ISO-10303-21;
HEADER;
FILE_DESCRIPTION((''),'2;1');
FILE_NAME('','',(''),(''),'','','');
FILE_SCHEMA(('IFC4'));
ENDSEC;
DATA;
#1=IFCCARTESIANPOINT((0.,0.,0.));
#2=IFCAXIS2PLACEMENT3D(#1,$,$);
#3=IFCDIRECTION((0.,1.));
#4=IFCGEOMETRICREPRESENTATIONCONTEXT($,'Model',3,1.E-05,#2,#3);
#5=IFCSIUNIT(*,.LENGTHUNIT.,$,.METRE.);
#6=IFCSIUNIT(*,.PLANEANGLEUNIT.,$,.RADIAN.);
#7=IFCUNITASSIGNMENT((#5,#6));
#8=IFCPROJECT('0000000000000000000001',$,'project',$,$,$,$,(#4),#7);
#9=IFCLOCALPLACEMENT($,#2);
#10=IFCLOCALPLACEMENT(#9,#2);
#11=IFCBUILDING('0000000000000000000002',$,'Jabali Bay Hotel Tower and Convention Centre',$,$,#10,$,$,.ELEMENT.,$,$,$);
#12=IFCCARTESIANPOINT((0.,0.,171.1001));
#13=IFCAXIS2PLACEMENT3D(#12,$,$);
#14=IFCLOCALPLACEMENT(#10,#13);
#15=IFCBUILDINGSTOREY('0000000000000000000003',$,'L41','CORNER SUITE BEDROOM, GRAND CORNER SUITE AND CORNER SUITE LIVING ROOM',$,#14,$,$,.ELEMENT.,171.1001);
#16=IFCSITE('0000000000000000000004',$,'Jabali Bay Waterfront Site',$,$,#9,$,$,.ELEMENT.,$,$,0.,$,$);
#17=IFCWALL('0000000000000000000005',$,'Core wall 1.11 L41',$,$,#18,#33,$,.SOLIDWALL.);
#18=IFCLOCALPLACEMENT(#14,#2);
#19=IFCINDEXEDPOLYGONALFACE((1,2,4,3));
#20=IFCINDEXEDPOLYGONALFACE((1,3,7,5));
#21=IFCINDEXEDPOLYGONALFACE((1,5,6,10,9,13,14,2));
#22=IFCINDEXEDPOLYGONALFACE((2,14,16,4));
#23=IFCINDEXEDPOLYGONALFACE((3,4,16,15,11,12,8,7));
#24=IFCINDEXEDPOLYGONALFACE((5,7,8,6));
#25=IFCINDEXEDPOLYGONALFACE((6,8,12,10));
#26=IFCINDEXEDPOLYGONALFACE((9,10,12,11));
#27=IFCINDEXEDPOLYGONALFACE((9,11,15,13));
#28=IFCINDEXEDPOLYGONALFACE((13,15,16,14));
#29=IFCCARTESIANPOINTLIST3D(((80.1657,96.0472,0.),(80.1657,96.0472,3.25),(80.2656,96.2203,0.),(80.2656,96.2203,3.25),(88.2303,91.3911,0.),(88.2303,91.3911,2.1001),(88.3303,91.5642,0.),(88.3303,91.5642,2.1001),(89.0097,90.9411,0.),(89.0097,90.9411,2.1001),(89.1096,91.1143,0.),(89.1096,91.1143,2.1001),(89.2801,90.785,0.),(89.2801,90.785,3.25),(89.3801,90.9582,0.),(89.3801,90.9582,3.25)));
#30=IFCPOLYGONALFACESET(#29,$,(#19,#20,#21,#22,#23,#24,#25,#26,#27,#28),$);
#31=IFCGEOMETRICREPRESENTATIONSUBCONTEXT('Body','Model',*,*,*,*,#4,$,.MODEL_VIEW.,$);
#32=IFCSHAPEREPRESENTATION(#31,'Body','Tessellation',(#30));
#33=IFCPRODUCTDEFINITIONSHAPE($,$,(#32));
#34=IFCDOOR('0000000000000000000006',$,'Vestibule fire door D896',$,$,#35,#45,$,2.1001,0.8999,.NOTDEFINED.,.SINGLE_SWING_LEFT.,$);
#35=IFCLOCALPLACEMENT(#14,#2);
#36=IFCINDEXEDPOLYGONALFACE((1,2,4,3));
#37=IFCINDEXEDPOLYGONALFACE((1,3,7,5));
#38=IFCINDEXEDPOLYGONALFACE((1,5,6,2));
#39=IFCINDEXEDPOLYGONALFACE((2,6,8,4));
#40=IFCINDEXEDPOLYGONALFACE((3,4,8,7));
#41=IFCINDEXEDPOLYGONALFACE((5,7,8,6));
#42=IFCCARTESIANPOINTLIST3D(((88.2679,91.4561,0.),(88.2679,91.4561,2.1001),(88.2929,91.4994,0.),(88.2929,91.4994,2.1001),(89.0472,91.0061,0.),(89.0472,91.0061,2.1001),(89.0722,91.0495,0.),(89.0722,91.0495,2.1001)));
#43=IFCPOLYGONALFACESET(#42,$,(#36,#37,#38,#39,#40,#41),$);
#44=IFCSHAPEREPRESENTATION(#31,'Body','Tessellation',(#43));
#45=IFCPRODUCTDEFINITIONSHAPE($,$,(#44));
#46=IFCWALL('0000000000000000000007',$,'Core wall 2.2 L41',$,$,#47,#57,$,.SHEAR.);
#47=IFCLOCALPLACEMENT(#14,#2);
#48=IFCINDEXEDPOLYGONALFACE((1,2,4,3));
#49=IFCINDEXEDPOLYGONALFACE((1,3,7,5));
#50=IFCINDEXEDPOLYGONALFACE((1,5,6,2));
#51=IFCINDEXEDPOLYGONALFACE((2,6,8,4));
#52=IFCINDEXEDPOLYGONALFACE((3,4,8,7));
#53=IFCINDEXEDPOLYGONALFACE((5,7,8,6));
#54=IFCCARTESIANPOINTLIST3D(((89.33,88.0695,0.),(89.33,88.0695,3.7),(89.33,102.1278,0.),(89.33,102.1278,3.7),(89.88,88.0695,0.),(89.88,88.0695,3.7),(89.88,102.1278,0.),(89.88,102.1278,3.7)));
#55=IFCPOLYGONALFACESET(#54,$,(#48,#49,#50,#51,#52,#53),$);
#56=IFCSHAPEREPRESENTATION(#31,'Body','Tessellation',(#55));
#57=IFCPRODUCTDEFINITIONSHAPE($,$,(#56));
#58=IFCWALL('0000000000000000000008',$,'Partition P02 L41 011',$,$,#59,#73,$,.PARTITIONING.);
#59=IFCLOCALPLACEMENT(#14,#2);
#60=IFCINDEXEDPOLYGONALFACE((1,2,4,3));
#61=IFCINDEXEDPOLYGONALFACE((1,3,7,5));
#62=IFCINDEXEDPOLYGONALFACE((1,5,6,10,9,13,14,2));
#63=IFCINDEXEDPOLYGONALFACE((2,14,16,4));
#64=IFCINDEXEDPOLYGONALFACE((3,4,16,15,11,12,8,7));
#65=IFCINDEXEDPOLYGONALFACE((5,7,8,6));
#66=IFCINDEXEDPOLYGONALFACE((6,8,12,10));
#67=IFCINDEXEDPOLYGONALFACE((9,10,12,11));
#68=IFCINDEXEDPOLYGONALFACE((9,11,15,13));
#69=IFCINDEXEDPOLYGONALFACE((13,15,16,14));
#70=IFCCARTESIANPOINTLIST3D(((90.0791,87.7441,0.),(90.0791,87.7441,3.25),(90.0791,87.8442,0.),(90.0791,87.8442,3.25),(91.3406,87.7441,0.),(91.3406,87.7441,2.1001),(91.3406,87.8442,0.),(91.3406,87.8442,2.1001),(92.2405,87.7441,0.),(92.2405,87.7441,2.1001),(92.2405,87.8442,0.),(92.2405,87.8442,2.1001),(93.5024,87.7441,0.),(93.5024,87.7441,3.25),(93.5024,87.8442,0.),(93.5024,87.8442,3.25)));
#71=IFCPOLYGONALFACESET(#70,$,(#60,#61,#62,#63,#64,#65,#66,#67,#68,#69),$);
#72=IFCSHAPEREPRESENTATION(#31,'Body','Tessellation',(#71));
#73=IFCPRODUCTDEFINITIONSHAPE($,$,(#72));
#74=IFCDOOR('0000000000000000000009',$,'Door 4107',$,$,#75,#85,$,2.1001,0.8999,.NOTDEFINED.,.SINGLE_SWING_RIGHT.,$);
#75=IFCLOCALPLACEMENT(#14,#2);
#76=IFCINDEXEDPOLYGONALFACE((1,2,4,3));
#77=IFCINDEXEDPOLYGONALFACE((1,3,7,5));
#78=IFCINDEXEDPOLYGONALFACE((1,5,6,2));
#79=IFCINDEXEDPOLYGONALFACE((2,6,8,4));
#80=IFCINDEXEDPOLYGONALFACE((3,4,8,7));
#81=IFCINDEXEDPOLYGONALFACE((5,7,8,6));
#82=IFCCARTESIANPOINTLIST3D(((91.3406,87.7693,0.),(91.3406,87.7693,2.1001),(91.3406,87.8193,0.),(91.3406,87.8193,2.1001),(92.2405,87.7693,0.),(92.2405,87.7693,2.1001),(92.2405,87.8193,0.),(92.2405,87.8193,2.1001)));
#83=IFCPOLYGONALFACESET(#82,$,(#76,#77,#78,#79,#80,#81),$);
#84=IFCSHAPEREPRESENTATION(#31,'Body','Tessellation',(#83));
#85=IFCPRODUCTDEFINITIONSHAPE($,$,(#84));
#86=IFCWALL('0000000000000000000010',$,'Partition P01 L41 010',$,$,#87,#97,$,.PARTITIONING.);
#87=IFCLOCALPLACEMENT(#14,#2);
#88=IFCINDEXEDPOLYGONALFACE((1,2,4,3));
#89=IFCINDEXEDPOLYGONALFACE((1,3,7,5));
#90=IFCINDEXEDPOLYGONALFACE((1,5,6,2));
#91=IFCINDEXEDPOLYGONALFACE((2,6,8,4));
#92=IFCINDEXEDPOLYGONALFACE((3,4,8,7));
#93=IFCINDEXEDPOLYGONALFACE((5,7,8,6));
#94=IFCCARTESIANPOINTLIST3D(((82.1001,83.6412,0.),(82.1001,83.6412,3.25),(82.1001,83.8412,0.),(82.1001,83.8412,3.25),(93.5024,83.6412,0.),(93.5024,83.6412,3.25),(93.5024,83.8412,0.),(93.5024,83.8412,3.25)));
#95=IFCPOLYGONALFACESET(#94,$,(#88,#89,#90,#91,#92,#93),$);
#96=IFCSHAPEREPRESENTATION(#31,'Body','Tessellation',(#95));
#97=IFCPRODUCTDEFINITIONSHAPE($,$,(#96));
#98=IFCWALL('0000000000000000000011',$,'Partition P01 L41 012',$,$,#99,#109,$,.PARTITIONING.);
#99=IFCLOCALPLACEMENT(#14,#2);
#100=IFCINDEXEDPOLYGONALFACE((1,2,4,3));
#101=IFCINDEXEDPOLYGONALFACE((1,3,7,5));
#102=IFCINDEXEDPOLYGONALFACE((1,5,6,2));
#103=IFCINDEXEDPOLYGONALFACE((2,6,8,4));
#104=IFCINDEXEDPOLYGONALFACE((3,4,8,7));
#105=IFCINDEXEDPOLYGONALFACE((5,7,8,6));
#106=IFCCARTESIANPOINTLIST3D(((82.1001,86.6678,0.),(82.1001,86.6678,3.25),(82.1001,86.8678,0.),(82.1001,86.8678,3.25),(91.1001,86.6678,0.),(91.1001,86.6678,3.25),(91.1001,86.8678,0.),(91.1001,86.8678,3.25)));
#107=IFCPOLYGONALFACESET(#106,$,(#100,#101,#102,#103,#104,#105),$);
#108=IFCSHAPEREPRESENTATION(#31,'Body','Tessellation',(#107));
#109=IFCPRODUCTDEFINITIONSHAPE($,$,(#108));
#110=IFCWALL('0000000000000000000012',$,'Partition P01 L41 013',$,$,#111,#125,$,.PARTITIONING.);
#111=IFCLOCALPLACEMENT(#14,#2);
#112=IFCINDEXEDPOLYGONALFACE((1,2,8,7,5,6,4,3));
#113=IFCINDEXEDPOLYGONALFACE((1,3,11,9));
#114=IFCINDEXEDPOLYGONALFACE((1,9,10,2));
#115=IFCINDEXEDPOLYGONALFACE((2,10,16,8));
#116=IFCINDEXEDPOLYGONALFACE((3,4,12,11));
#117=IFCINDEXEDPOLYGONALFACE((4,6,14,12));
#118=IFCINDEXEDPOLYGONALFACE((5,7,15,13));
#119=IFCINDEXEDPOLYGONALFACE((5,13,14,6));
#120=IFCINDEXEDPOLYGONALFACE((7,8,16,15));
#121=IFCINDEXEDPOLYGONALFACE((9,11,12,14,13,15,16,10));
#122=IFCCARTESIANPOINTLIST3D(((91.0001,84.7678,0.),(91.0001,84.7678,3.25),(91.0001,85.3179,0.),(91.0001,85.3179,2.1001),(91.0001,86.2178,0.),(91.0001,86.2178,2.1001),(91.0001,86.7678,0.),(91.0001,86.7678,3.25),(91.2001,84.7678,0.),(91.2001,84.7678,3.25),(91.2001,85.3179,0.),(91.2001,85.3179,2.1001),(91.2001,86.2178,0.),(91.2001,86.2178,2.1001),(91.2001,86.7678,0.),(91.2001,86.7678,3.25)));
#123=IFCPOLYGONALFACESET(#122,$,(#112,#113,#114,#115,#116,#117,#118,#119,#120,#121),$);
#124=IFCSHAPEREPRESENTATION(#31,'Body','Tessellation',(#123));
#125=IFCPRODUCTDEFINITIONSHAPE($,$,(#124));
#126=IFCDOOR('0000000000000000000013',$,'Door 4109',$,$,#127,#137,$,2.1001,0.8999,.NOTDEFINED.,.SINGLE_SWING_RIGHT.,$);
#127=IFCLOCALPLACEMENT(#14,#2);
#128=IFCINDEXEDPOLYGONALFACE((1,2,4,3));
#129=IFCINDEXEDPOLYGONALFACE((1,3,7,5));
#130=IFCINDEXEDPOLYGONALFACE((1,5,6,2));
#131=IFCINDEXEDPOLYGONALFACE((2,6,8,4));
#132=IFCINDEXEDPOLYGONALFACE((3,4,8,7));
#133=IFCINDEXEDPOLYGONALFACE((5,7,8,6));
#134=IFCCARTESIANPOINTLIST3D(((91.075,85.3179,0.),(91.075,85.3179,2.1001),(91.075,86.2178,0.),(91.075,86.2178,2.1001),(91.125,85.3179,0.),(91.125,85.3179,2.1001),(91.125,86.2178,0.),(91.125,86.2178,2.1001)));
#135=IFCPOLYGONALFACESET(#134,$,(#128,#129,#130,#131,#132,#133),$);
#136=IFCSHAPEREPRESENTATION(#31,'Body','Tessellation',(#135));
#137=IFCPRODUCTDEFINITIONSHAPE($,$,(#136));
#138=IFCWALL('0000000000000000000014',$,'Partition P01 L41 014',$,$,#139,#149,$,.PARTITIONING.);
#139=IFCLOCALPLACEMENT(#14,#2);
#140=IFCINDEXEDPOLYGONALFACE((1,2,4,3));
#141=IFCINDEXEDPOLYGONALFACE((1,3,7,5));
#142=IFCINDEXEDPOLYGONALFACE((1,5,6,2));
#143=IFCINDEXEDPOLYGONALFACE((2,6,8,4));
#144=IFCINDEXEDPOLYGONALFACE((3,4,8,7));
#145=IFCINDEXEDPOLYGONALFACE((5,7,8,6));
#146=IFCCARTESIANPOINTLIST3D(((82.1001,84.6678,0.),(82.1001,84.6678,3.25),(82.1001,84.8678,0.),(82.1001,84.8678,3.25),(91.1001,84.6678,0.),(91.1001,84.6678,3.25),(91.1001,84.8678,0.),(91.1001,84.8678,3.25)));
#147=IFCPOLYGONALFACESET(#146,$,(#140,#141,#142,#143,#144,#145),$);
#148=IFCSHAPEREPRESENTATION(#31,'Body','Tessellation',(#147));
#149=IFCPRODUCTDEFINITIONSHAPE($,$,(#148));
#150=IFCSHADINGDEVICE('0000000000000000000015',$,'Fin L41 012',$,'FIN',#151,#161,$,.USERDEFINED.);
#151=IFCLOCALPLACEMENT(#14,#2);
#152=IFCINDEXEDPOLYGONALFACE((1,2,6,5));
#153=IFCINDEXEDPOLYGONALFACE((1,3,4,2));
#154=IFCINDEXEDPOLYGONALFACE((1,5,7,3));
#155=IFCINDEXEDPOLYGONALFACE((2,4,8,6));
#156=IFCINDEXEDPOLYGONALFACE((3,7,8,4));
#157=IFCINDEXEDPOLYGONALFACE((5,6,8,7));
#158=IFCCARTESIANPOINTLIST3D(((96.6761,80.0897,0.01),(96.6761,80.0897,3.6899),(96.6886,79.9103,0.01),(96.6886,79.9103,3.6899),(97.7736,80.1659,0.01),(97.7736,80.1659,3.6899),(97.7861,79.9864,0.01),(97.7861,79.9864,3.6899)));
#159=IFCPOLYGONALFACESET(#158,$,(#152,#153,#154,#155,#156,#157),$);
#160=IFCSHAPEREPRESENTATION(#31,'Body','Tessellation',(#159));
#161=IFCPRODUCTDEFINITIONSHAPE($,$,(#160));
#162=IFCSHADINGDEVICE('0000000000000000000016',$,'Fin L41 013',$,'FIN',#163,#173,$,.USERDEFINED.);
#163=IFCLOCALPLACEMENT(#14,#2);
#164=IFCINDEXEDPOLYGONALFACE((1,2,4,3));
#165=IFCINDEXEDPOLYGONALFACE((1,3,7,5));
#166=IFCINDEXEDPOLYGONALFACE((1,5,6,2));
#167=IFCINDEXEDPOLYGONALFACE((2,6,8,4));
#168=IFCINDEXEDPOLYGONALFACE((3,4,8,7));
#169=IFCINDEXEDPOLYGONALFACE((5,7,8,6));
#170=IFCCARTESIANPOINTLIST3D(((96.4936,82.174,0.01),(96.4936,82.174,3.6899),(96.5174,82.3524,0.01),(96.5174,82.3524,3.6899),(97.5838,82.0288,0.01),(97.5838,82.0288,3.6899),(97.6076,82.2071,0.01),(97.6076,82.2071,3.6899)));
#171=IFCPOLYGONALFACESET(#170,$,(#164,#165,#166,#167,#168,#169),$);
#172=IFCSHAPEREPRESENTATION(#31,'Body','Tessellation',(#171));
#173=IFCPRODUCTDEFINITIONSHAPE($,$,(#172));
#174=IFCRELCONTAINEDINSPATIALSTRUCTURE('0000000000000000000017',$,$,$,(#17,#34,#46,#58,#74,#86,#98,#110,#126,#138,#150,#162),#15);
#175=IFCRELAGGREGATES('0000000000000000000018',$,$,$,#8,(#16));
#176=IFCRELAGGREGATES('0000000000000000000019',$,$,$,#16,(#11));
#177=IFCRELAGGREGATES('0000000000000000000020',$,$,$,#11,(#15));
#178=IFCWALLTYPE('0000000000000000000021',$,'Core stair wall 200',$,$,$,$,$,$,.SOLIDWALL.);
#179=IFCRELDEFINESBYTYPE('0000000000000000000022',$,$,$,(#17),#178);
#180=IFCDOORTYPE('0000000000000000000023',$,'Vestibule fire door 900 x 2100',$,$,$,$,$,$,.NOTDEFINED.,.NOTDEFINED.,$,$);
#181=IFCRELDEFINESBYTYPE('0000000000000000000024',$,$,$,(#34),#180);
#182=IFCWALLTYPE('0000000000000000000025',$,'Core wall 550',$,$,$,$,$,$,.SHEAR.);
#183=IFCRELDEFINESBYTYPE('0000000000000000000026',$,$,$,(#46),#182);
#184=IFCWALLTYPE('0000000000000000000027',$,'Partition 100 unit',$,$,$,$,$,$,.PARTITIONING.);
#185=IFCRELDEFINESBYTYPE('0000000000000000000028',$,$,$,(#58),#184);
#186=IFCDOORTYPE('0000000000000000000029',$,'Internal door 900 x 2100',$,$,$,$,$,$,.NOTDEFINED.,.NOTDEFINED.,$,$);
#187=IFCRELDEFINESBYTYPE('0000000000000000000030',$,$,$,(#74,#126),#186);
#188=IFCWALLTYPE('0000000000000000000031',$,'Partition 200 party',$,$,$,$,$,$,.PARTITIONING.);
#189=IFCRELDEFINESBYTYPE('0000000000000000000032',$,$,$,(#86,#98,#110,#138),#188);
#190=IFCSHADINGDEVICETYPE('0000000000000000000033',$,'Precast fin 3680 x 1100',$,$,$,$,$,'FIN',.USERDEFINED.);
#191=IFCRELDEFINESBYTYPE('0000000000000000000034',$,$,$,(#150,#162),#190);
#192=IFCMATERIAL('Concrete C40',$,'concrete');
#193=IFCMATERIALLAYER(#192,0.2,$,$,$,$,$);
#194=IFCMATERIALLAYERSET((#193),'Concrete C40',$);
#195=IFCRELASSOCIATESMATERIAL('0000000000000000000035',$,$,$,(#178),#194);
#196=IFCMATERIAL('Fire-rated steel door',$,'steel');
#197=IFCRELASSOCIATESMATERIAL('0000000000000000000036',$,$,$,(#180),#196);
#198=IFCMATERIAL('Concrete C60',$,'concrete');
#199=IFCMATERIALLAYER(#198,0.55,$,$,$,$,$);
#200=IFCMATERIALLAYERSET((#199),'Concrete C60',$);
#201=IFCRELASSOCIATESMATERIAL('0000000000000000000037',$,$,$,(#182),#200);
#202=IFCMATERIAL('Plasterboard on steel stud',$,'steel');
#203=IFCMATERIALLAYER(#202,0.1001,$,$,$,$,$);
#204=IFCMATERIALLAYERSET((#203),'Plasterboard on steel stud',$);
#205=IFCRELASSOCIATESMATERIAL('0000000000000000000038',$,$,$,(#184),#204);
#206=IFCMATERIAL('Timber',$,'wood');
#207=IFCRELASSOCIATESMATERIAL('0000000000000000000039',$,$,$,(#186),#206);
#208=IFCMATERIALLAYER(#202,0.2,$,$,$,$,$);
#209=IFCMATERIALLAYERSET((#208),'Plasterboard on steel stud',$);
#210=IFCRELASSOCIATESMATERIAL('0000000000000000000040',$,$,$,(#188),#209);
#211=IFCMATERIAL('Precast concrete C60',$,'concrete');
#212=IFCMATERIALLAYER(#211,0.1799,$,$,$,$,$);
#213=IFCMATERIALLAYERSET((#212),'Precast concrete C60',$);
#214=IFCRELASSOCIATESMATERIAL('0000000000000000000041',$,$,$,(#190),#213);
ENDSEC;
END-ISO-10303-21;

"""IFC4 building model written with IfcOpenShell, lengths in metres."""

from ifc_helpers import new_model, si_unit, direction, frame, frame_2d, origin, place, context, subcontext, project, spatial, rectangle, extrude, material, layer, layer_set, type_object, element, fill, save


model = new_model("IFC4")

# Units and contexts
model_context = context("Model", 3, precision=1e-05, world=origin(), true_north=direction((0.0, 1.0)))
body_context = subcontext(model_context, "Body", "Model", "MODEL_VIEW")
ifc_project = project(units=[si_unit("LENGTHUNIT", "METRE"), si_unit("PLANEANGLEUNIT", "RADIAN")], contexts=[model_context])

# Site, building, storey
site_placement = place(None, origin())
site = spatial("IfcSite", under=ifc_project, at=site_placement, Name="Jabali Bay Waterfront Site", CompositionType="ELEMENT", RefElevation=0.0)
building_placement = place(site_placement, origin())
building = spatial("IfcBuilding", under=site, at=building_placement, Name="Jabali Bay Hotel Tower and Convention Centre", CompositionType="ELEMENT")
storey_placement = place(building_placement, frame((0.0, 0.0, 171.1001)))
storey = spatial("IfcBuildingStorey", under=building, at=storey_placement, Name="L41", Description="CORNER SUITE BEDROOM, GRAND CORNER SUITE AND CORNER SUITE LIVING ROOM", CompositionType="ELEMENT", Elevation=171.1001)

# Shared definitions
ifc_material_1 = material(Name="Concrete C60", Category="concrete")

# Shared definitions
ifc_material_2 = material(Name="Concrete C40", Category="concrete")
ifc_layer_1 = layer(ifc_material_2, 0.2)
ifc_layer_set_1 = layer_set([ifc_layer_1], Name="Concrete C40")
wall_type_1 = type_object("IfcWallType", Name="Core stair wall 200", PredefinedType="SOLIDWALL", material=ifc_layer_set_1)

# Wall, opening, door
wall_1_placement = place(storey_placement, frame((89.3301, 90.8716, 0.0), z_axis=(0.0, 0.0, 1.0), x_axis=(-0.866028, 0.499996, 0.0)))
wall_1 = element("IfcWall", 1, at=wall_1_placement, inside=storey, type_object=wall_type_1, Name="Core wall 1.11 L41", PredefinedType="SOLIDWALL", context=body_context, shape_type="SweptSolid", body=[
    extrude(rectangle(XDim=10.5244, YDim=0.2, at=frame_2d((5.2622, 0.0))), origin(), (0.0, 0.0, 1.0), 3.25),
])
opening_1_placement = place(wall_1_placement, frame((0.3123, 0.0, 0.0)))
opening_1 = element("IfcOpeningElement", 2, at=opening_1_placement, cuts=wall_1, PredefinedType="OPENING", context=body_context, shape_type="SweptSolid", body=[
    extrude(rectangle(XDim=0.8999, YDim=2.1001, at=frame_2d((0.45, 1.05))), frame((0.0, 0.1104, 0.0), z_axis=(0.0, -1.0, 0.0), x_axis=(1.0, 0.0, 0.0)), (0.0, 0.0, 1.0), 0.2209),
])
ifc_material_3 = material(Name="Fire-rated steel door", Category="steel")
door_type_1 = type_object("IfcDoorType", Name="Vestibule fire door 900 x 2100", OperationType="NOTDEFINED", PredefinedType="NOTDEFINED", material=ifc_material_3)
door_1_placement = place(opening_1_placement, origin())
door_1 = element("IfcDoor", 3, at=door_1_placement, inside=storey, type_object=door_type_1, Name="Vestibule fire door D896", OperationType="SINGLE_SWING_LEFT", OverallHeight=2.1001, OverallWidth=0.8999, PredefinedType="NOTDEFINED", context=body_context, shape_type="SweptSolid", body=[
    extrude(rectangle(XDim=0.8999, YDim=2.1001, at=frame_2d((0.45, 1.05))), frame((0.0, 0.0249, 0.0), z_axis=(0.0, -1.0, 0.0), x_axis=(1.0, 0.0, 0.0)), (0.0, 0.0, 1.0), 0.05),
])
fill(opening_1, door_1)

# Wall
ifc_layer_2 = layer(ifc_material_1, 0.55)
ifc_layer_set_2 = layer_set([ifc_layer_2], Name="Concrete C60")
wall_type_2 = type_object("IfcWallType", Name="Core wall 550", PredefinedType="SHEAR", material=ifc_layer_set_2)
wall_2_placement = place(storey_placement, frame((89.605, 88.0693, 0.0), z_axis=(0.0, 0.0, 1.0), x_axis=(0.0, 1.0, 0.0)))
element("IfcWall", 4, at=wall_2_placement, inside=storey, type_object=wall_type_2, Name="Core wall 2.2 L41", PredefinedType="SHEAR", context=body_context, shape_type="SweptSolid", body=[
    extrude(rectangle(XDim=14.0583, YDim=0.55, at=frame_2d((7.0293, 0.0))), origin(), (0.0, 0.0, 1.0), 3.7),
])

# Wall, opening, door
ifc_material_4 = material(Name="Plasterboard on steel stud", Category="steel")
ifc_layer_3 = layer(ifc_material_4, 0.1001)
ifc_layer_set_3 = layer_set([ifc_layer_3], Name="Plasterboard on steel stud")
wall_type_3 = type_object("IfcWallType", Name="Partition 100 unit", PredefinedType="PARTITIONING", material=ifc_layer_set_3)
wall_3_placement = place(storey_placement, frame((93.5024, 87.7942, 0.0), z_axis=(0.0, 0.0, 1.0), x_axis=(-1.0, 0.0, 0.0)))
wall_3 = element("IfcWall", 5, at=wall_3_placement, inside=storey, type_object=wall_type_3, Name="Partition P02 L41 011", PredefinedType="PARTITIONING", context=body_context, shape_type="SweptSolid", body=[
    extrude(rectangle(XDim=3.4233, YDim=0.1001, at=frame_2d((1.7117, 0.0))), origin(), (0.0, 0.0, 1.0), 3.25),
])
opening_2_placement = place(wall_3_placement, frame((1.262, 0.0, 0.0)))
opening_2 = element("IfcOpeningElement", 6, at=opening_2_placement, cuts=wall_3, PredefinedType="OPENING", context=body_context, shape_type="SweptSolid", body=[
    extrude(rectangle(XDim=0.8999, YDim=2.1001, at=frame_2d((0.45, 1.05))), frame((0.0, 0.0605, 0.0), z_axis=(0.0, -1.0, 0.0), x_axis=(1.0, 0.0, 0.0)), (0.0, 0.0, 1.0), 0.1211),
])
ifc_material_5 = material(Name="Timber", Category="wood")
door_type_2 = type_object("IfcDoorType", Name="Internal door 900 x 2100", OperationType="NOTDEFINED", PredefinedType="NOTDEFINED", material=ifc_material_5)
door_2_placement = place(opening_2_placement, origin())
door_2 = element("IfcDoor", 7, at=door_2_placement, inside=storey, type_object=door_type_2, Name="Door 4107", OperationType="SINGLE_SWING_RIGHT", OverallHeight=2.1001, OverallWidth=0.8999, PredefinedType="NOTDEFINED", context=body_context, shape_type="SweptSolid", body=[
    extrude(rectangle(XDim=0.8999, YDim=2.1001, at=frame_2d((0.45, 1.05))), frame((0.0, 0.0249, 0.0), z_axis=(0.0, -1.0, 0.0), x_axis=(1.0, 0.0, 0.0)), (0.0, 0.0, 1.0), 0.05),
])
fill(opening_2, door_2)

# Walls
ifc_layer_4 = layer(ifc_material_4, 0.2)
ifc_layer_set_4 = layer_set([ifc_layer_4], Name="Plasterboard on steel stud")
wall_type_4 = type_object("IfcWallType", Name="Partition 200 party", PredefinedType="PARTITIONING", material=ifc_layer_set_4)
wall_4_placement = place(storey_placement, frame((93.5024, 83.7412, 0.0), z_axis=(0.0, 0.0, 1.0), x_axis=(-1.0, 0.0, 0.0)))
element("IfcWall", 8, at=wall_4_placement, inside=storey, type_object=wall_type_4, Name="Partition P01 L41 010", PredefinedType="PARTITIONING", context=body_context, shape_type="SweptSolid", body=[
    extrude(rectangle(XDim=11.4023, YDim=0.2, at=frame_2d((5.7012, 0.0))), origin(), (0.0, 0.0, 1.0), 3.25),
])
wall_5_placement = place(storey_placement, frame((82.1001, 86.7678, 0.0), z_axis=(0.0, 0.0, 1.0), x_axis=(1.0, 0.0, 0.0)))
element("IfcWall", 9, at=wall_5_placement, inside=storey, type_object=wall_type_4, Name="Partition P01 L41 012", PredefinedType="PARTITIONING", context=body_context, shape_type="SweptSolid", body=[
    extrude(rectangle(XDim=9.0, YDim=0.2, at=frame_2d((4.5, 0.0))), origin(), (0.0, 0.0, 1.0), 3.25),
])

# Wall, opening, door
wall_6_placement = place(storey_placement, frame((91.1001, 86.7678, 0.0), z_axis=(0.0, 0.0, 1.0), x_axis=(0.0, -1.0, 0.0)))
wall_6 = element("IfcWall", 10, at=wall_6_placement, inside=storey, type_object=wall_type_4, Name="Partition P01 L41 013", PredefinedType="PARTITIONING", context=body_context, shape_type="SweptSolid", body=[
    extrude(rectangle(XDim=2.0, YDim=0.2, at=frame_2d((1.0, 0.0))), origin(), (0.0, 0.0, 1.0), 3.25),
])
opening_3_placement = place(wall_6_placement, frame((0.55, 0.0, 0.0)))
opening_3 = element("IfcOpeningElement", 11, at=opening_3_placement, cuts=wall_6, PredefinedType="OPENING", context=body_context, shape_type="SweptSolid", body=[
    extrude(rectangle(XDim=0.8999, YDim=2.1001, at=frame_2d((0.45, 1.05))), frame((0.0, 0.1104, 0.0), z_axis=(0.0, -1.0, 0.0), x_axis=(1.0, 0.0, 0.0)), (0.0, 0.0, 1.0), 0.2209),
])
door_3_placement = place(opening_3_placement, origin())
door_3 = element("IfcDoor", 12, at=door_3_placement, inside=storey, type_object=door_type_2, Name="Door 4109", OperationType="SINGLE_SWING_RIGHT", OverallHeight=2.1001, OverallWidth=0.8999, PredefinedType="NOTDEFINED", context=body_context, shape_type="SweptSolid", body=[
    extrude(rectangle(XDim=0.8999, YDim=2.1001, at=frame_2d((0.45, 1.05))), frame((0.0, 0.0249, 0.0), z_axis=(0.0, -1.0, 0.0), x_axis=(1.0, 0.0, 0.0)), (0.0, 0.0, 1.0), 0.05),
])
fill(opening_3, door_3)

# Wall
wall_7_placement = place(storey_placement, frame((91.1001, 84.7678, 0.0), z_axis=(0.0, 0.0, 1.0), x_axis=(-1.0, 0.0, 0.0)))
element("IfcWall", 13, at=wall_7_placement, inside=storey, type_object=wall_type_4, Name="Partition P01 L41 014", PredefinedType="PARTITIONING", context=body_context, shape_type="SweptSolid", body=[
    extrude(rectangle(XDim=9.0, YDim=0.2, at=frame_2d((4.5, 0.0))), origin(), (0.0, 0.0, 1.0), 3.25),
])

# Shading devices
ifc_material_6 = material(Name="Precast concrete C60", Category="concrete")
ifc_layer_5 = layer(ifc_material_6, 0.1799)
ifc_layer_set_5 = layer_set([ifc_layer_5], Name="Precast concrete C60")
shading_device_type_1 = type_object("IfcShadingDeviceType", Name="Precast fin 3680 x 1100", ElementType="FIN", PredefinedType="USERDEFINED", material=ifc_layer_set_5)
shading_device_1_placement = place(storey_placement, frame((96.6824, 80.0, 0.01), z_axis=(0.0, 0.0, 1.0), x_axis=(0.9976, 0.069244, 0.0)))
element("IfcShadingDevice", 14, at=shading_device_1_placement, inside=storey, type_object=shading_device_type_1, Name="Fin L41 012", ObjectType="FIN", PredefinedType="USERDEFINED", context=body_context, shape_type="SweptSolid", body=[
    extrude(rectangle(XDim=1.1001, YDim=0.1799, at=frame_2d((0.55, 0.0))), origin(), (0.0, 0.0, 1.0), 3.6799),
])
shading_device_2_placement = place(storey_placement, frame((96.5056, 82.2632, 0.01), z_axis=(0.0, 0.0, 1.0), x_axis=(0.991241, -0.132062, 0.0)))
element("IfcShadingDevice", 15, at=shading_device_2_placement, inside=storey, type_object=shading_device_type_1, Name="Fin L41 013", ObjectType="FIN", PredefinedType="USERDEFINED", context=body_context, shape_type="SweptSolid", body=[
    extrude(rectangle(XDim=1.0999, YDim=0.1799, at=frame_2d((0.5498, 0.0))), origin(), (0.0, 0.0, 1.0), 3.6799),
])

save(model, "model.ifc")
